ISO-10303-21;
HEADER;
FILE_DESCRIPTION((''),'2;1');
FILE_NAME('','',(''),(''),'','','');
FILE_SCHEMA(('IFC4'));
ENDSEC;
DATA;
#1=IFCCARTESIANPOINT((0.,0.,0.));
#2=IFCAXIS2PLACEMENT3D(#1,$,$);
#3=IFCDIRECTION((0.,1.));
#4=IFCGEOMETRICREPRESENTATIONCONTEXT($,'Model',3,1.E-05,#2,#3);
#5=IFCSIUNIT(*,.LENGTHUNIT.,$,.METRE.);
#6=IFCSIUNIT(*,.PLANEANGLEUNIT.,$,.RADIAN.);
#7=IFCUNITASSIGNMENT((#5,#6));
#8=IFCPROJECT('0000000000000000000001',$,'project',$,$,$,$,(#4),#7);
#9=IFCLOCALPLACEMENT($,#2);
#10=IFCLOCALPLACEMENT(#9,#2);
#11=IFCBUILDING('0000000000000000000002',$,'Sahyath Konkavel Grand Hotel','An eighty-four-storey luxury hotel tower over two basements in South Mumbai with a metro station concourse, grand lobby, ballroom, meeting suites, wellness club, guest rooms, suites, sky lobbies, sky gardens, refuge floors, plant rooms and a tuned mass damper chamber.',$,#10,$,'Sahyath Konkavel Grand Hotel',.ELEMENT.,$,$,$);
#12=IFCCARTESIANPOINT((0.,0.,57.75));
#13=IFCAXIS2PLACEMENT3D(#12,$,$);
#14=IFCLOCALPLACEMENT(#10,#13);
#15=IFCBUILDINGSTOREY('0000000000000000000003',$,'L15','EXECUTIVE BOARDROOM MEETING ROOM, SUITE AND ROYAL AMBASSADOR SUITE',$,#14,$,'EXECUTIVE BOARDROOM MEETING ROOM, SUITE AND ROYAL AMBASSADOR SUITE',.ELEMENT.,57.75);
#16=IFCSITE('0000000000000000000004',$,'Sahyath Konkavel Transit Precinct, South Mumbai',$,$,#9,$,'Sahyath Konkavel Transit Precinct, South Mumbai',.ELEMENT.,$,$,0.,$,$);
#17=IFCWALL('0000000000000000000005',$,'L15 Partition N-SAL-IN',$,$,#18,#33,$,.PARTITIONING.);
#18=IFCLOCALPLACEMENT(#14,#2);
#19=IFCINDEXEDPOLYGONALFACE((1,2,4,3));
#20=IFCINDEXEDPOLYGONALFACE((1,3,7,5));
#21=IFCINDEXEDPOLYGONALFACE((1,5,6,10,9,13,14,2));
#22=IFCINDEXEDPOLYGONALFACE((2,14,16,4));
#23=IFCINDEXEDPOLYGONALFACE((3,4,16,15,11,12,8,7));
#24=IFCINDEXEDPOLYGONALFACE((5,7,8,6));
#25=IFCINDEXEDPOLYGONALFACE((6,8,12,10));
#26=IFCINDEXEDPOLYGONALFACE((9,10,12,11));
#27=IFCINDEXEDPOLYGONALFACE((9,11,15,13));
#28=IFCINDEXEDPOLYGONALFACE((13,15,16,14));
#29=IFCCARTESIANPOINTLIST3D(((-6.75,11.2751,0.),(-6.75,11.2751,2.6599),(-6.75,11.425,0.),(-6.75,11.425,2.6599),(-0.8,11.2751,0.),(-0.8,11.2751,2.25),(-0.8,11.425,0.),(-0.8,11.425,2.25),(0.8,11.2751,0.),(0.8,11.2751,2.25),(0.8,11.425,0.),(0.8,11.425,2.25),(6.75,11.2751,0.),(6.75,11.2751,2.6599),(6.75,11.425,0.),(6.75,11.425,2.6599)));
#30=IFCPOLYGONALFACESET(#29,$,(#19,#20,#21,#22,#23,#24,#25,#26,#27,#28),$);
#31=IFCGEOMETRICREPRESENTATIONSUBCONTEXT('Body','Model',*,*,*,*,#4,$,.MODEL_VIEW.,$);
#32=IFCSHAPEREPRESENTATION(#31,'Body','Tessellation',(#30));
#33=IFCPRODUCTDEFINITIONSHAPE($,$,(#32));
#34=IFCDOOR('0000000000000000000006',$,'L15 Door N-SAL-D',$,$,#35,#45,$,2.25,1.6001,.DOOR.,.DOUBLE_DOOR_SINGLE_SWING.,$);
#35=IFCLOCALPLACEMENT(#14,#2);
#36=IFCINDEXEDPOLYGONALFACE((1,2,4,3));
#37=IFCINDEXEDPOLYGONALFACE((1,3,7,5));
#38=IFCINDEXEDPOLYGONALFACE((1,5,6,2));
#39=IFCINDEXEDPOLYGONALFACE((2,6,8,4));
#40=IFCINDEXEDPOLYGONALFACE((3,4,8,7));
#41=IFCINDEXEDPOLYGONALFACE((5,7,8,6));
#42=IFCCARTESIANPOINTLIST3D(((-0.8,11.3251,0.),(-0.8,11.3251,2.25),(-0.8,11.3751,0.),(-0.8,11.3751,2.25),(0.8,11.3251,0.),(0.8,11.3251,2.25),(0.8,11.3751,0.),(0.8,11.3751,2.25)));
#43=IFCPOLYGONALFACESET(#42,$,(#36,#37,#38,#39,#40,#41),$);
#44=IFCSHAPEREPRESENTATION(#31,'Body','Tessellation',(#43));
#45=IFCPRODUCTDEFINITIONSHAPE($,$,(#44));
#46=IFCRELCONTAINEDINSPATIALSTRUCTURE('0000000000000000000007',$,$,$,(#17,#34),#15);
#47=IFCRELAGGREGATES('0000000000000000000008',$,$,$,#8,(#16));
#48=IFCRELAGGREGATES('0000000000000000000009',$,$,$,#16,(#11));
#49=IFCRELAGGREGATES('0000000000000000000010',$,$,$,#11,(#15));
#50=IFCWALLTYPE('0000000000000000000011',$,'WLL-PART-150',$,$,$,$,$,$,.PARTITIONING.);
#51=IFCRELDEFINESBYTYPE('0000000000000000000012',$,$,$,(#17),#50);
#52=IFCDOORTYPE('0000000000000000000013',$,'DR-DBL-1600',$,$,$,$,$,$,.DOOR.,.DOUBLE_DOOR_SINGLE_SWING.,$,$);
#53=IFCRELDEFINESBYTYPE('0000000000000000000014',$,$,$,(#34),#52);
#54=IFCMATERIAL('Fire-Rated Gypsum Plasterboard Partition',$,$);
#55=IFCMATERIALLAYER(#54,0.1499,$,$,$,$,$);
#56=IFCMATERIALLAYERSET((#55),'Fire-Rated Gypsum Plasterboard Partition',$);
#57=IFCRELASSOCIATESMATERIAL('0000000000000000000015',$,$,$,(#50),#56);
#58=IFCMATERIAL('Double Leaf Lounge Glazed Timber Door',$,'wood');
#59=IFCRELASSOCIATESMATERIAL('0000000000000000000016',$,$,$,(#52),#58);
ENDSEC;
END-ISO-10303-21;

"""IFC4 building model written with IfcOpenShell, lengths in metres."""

from ifc_helpers import new_model, si_unit, direction, frame, frame_2d, origin, origin_2d, place, context, subcontext, project, spatial, rectangle, extrude, source, transform, mapped, material, layer, layer_set, type_object, element, fill, save


model = new_model("IFC4")

# Units and contexts
model_context = context("Model", 3, precision=1e-05, world=origin(), true_north=direction((0.0, 1.0)))
body_context = subcontext(model_context, "Body", "Model", "MODEL_VIEW")
ifc_project = project(units=[si_unit("LENGTHUNIT", "METRE"), si_unit("PLANEANGLEUNIT", "RADIAN")], contexts=[model_context])

# Site, building, storey
site_placement = place(None, origin())
site = spatial("IfcSite", under=ifc_project, at=site_placement, Name="Sahyath Konkavel Transit Precinct, South Mumbai", LongName="Sahyath Konkavel Transit Precinct, South Mumbai", CompositionType="ELEMENT", RefElevation=0.0)
building_placement = place(site_placement, origin())
building = spatial("IfcBuilding", under=site, at=building_placement, Name="Sahyath Konkavel Grand Hotel", Description="An eighty-four-storey luxury hotel tower over two basements in South Mumbai with a metro station concourse, grand lobby, ballroom, meeting suites, wellness club, guest rooms, suites, sky lobbies, sky gardens, refuge floors, plant rooms and a tuned mass damper chamber.", LongName="Sahyath Konkavel Grand Hotel", CompositionType="ELEMENT")
storey_placement = place(building_placement, frame((0.0, 0.0, 57.75)))
storey = spatial("IfcBuildingStorey", under=building, at=storey_placement, Name="L15", Description="EXECUTIVE BOARDROOM MEETING ROOM, SUITE AND ROYAL AMBASSADOR SUITE", LongName="EXECUTIVE BOARDROOM MEETING ROOM, SUITE AND ROYAL AMBASSADOR SUITE", CompositionType="ELEMENT", Elevation=57.75)

# Shared definitions
ifc_material_1 = material(Name="Fire-Rated Gypsum Plasterboard Partition")
ifc_layer_1 = layer(ifc_material_1, 0.1499)
ifc_layer_set_1 = layer_set([ifc_layer_1], Name="Fire-Rated Gypsum Plasterboard Partition")
wall_type_1 = type_object("IfcWallType", Name="WLL-PART-150", PredefinedType="PARTITIONING", material=ifc_layer_set_1)

# Wall, opening, door
wall_1_placement = place(storey_placement, frame((6.75, 11.3501, 0.0), z_axis=(0.0, 0.0, 1.0), x_axis=(-1.0, 0.0, 0.0)))
wall_1 = element("IfcWall", 1, at=wall_1_placement, inside=storey, type_object=wall_type_1, Name="L15 Partition N-SAL-IN", PredefinedType="PARTITIONING", context=body_context, shape_type="SweptSolid", body=[
    extrude(rectangle(XDim=13.5, YDim=0.1499, at=frame_2d((6.75, 0.0))), origin(), (0.0, 0.0, 1.0), 2.6599),
])
opening_1_placement = place(wall_1_placement, frame((5.95, 0.0, 0.0)))
opening_1 = element("IfcOpeningElement", 2, at=opening_1_placement, cuts=wall_1, PredefinedType="OPENING", context=body_context, shape_type="SweptSolid", body=[
    extrude(rectangle(XDim=1.6001, YDim=2.25, at=frame_2d((0.8, 1.125))), frame((0.0, 0.085, 0.0), z_axis=(0.0, -1.0, 0.0), x_axis=(1.0, 0.0, 0.0)), (0.0, 0.0, 1.0), 0.1699),
])
ifc_material_2 = material(Name="Double Leaf Lounge Glazed Timber Door", Category="wood")
door_type_1 = type_object("IfcDoorType", Name="DR-DBL-1600", OperationType="DOUBLE_DOOR_SINGLE_SWING", PredefinedType="DOOR", material=ifc_material_2)
shared_shape_1 = source(origin(), body_context, "Body", "SweptSolid", [
    extrude(rectangle(XDim=1.6001, YDim=0.05, at=origin_2d()), origin(), (0.0, 0.0, 1.0), 2.25),
])
door_1_placement = place(opening_1_placement, frame((0.8, 0.0, 0.0)))
door_1 = element("IfcDoor", 3, at=door_1_placement, inside=storey, type_object=door_type_1, Name="L15 Door N-SAL-D", OperationType="DOUBLE_DOOR_SINGLE_SWING", OverallHeight=2.25, OverallWidth=1.6001, PredefinedType="DOOR", context=body_context, shape_type="MappedRepresentation", body=[
    mapped(shared_shape_1, transform((0.0, 0.0, 0.0), scale=1.0)),
])
fill(opening_1, door_1)

save(model, "model.ifc")
